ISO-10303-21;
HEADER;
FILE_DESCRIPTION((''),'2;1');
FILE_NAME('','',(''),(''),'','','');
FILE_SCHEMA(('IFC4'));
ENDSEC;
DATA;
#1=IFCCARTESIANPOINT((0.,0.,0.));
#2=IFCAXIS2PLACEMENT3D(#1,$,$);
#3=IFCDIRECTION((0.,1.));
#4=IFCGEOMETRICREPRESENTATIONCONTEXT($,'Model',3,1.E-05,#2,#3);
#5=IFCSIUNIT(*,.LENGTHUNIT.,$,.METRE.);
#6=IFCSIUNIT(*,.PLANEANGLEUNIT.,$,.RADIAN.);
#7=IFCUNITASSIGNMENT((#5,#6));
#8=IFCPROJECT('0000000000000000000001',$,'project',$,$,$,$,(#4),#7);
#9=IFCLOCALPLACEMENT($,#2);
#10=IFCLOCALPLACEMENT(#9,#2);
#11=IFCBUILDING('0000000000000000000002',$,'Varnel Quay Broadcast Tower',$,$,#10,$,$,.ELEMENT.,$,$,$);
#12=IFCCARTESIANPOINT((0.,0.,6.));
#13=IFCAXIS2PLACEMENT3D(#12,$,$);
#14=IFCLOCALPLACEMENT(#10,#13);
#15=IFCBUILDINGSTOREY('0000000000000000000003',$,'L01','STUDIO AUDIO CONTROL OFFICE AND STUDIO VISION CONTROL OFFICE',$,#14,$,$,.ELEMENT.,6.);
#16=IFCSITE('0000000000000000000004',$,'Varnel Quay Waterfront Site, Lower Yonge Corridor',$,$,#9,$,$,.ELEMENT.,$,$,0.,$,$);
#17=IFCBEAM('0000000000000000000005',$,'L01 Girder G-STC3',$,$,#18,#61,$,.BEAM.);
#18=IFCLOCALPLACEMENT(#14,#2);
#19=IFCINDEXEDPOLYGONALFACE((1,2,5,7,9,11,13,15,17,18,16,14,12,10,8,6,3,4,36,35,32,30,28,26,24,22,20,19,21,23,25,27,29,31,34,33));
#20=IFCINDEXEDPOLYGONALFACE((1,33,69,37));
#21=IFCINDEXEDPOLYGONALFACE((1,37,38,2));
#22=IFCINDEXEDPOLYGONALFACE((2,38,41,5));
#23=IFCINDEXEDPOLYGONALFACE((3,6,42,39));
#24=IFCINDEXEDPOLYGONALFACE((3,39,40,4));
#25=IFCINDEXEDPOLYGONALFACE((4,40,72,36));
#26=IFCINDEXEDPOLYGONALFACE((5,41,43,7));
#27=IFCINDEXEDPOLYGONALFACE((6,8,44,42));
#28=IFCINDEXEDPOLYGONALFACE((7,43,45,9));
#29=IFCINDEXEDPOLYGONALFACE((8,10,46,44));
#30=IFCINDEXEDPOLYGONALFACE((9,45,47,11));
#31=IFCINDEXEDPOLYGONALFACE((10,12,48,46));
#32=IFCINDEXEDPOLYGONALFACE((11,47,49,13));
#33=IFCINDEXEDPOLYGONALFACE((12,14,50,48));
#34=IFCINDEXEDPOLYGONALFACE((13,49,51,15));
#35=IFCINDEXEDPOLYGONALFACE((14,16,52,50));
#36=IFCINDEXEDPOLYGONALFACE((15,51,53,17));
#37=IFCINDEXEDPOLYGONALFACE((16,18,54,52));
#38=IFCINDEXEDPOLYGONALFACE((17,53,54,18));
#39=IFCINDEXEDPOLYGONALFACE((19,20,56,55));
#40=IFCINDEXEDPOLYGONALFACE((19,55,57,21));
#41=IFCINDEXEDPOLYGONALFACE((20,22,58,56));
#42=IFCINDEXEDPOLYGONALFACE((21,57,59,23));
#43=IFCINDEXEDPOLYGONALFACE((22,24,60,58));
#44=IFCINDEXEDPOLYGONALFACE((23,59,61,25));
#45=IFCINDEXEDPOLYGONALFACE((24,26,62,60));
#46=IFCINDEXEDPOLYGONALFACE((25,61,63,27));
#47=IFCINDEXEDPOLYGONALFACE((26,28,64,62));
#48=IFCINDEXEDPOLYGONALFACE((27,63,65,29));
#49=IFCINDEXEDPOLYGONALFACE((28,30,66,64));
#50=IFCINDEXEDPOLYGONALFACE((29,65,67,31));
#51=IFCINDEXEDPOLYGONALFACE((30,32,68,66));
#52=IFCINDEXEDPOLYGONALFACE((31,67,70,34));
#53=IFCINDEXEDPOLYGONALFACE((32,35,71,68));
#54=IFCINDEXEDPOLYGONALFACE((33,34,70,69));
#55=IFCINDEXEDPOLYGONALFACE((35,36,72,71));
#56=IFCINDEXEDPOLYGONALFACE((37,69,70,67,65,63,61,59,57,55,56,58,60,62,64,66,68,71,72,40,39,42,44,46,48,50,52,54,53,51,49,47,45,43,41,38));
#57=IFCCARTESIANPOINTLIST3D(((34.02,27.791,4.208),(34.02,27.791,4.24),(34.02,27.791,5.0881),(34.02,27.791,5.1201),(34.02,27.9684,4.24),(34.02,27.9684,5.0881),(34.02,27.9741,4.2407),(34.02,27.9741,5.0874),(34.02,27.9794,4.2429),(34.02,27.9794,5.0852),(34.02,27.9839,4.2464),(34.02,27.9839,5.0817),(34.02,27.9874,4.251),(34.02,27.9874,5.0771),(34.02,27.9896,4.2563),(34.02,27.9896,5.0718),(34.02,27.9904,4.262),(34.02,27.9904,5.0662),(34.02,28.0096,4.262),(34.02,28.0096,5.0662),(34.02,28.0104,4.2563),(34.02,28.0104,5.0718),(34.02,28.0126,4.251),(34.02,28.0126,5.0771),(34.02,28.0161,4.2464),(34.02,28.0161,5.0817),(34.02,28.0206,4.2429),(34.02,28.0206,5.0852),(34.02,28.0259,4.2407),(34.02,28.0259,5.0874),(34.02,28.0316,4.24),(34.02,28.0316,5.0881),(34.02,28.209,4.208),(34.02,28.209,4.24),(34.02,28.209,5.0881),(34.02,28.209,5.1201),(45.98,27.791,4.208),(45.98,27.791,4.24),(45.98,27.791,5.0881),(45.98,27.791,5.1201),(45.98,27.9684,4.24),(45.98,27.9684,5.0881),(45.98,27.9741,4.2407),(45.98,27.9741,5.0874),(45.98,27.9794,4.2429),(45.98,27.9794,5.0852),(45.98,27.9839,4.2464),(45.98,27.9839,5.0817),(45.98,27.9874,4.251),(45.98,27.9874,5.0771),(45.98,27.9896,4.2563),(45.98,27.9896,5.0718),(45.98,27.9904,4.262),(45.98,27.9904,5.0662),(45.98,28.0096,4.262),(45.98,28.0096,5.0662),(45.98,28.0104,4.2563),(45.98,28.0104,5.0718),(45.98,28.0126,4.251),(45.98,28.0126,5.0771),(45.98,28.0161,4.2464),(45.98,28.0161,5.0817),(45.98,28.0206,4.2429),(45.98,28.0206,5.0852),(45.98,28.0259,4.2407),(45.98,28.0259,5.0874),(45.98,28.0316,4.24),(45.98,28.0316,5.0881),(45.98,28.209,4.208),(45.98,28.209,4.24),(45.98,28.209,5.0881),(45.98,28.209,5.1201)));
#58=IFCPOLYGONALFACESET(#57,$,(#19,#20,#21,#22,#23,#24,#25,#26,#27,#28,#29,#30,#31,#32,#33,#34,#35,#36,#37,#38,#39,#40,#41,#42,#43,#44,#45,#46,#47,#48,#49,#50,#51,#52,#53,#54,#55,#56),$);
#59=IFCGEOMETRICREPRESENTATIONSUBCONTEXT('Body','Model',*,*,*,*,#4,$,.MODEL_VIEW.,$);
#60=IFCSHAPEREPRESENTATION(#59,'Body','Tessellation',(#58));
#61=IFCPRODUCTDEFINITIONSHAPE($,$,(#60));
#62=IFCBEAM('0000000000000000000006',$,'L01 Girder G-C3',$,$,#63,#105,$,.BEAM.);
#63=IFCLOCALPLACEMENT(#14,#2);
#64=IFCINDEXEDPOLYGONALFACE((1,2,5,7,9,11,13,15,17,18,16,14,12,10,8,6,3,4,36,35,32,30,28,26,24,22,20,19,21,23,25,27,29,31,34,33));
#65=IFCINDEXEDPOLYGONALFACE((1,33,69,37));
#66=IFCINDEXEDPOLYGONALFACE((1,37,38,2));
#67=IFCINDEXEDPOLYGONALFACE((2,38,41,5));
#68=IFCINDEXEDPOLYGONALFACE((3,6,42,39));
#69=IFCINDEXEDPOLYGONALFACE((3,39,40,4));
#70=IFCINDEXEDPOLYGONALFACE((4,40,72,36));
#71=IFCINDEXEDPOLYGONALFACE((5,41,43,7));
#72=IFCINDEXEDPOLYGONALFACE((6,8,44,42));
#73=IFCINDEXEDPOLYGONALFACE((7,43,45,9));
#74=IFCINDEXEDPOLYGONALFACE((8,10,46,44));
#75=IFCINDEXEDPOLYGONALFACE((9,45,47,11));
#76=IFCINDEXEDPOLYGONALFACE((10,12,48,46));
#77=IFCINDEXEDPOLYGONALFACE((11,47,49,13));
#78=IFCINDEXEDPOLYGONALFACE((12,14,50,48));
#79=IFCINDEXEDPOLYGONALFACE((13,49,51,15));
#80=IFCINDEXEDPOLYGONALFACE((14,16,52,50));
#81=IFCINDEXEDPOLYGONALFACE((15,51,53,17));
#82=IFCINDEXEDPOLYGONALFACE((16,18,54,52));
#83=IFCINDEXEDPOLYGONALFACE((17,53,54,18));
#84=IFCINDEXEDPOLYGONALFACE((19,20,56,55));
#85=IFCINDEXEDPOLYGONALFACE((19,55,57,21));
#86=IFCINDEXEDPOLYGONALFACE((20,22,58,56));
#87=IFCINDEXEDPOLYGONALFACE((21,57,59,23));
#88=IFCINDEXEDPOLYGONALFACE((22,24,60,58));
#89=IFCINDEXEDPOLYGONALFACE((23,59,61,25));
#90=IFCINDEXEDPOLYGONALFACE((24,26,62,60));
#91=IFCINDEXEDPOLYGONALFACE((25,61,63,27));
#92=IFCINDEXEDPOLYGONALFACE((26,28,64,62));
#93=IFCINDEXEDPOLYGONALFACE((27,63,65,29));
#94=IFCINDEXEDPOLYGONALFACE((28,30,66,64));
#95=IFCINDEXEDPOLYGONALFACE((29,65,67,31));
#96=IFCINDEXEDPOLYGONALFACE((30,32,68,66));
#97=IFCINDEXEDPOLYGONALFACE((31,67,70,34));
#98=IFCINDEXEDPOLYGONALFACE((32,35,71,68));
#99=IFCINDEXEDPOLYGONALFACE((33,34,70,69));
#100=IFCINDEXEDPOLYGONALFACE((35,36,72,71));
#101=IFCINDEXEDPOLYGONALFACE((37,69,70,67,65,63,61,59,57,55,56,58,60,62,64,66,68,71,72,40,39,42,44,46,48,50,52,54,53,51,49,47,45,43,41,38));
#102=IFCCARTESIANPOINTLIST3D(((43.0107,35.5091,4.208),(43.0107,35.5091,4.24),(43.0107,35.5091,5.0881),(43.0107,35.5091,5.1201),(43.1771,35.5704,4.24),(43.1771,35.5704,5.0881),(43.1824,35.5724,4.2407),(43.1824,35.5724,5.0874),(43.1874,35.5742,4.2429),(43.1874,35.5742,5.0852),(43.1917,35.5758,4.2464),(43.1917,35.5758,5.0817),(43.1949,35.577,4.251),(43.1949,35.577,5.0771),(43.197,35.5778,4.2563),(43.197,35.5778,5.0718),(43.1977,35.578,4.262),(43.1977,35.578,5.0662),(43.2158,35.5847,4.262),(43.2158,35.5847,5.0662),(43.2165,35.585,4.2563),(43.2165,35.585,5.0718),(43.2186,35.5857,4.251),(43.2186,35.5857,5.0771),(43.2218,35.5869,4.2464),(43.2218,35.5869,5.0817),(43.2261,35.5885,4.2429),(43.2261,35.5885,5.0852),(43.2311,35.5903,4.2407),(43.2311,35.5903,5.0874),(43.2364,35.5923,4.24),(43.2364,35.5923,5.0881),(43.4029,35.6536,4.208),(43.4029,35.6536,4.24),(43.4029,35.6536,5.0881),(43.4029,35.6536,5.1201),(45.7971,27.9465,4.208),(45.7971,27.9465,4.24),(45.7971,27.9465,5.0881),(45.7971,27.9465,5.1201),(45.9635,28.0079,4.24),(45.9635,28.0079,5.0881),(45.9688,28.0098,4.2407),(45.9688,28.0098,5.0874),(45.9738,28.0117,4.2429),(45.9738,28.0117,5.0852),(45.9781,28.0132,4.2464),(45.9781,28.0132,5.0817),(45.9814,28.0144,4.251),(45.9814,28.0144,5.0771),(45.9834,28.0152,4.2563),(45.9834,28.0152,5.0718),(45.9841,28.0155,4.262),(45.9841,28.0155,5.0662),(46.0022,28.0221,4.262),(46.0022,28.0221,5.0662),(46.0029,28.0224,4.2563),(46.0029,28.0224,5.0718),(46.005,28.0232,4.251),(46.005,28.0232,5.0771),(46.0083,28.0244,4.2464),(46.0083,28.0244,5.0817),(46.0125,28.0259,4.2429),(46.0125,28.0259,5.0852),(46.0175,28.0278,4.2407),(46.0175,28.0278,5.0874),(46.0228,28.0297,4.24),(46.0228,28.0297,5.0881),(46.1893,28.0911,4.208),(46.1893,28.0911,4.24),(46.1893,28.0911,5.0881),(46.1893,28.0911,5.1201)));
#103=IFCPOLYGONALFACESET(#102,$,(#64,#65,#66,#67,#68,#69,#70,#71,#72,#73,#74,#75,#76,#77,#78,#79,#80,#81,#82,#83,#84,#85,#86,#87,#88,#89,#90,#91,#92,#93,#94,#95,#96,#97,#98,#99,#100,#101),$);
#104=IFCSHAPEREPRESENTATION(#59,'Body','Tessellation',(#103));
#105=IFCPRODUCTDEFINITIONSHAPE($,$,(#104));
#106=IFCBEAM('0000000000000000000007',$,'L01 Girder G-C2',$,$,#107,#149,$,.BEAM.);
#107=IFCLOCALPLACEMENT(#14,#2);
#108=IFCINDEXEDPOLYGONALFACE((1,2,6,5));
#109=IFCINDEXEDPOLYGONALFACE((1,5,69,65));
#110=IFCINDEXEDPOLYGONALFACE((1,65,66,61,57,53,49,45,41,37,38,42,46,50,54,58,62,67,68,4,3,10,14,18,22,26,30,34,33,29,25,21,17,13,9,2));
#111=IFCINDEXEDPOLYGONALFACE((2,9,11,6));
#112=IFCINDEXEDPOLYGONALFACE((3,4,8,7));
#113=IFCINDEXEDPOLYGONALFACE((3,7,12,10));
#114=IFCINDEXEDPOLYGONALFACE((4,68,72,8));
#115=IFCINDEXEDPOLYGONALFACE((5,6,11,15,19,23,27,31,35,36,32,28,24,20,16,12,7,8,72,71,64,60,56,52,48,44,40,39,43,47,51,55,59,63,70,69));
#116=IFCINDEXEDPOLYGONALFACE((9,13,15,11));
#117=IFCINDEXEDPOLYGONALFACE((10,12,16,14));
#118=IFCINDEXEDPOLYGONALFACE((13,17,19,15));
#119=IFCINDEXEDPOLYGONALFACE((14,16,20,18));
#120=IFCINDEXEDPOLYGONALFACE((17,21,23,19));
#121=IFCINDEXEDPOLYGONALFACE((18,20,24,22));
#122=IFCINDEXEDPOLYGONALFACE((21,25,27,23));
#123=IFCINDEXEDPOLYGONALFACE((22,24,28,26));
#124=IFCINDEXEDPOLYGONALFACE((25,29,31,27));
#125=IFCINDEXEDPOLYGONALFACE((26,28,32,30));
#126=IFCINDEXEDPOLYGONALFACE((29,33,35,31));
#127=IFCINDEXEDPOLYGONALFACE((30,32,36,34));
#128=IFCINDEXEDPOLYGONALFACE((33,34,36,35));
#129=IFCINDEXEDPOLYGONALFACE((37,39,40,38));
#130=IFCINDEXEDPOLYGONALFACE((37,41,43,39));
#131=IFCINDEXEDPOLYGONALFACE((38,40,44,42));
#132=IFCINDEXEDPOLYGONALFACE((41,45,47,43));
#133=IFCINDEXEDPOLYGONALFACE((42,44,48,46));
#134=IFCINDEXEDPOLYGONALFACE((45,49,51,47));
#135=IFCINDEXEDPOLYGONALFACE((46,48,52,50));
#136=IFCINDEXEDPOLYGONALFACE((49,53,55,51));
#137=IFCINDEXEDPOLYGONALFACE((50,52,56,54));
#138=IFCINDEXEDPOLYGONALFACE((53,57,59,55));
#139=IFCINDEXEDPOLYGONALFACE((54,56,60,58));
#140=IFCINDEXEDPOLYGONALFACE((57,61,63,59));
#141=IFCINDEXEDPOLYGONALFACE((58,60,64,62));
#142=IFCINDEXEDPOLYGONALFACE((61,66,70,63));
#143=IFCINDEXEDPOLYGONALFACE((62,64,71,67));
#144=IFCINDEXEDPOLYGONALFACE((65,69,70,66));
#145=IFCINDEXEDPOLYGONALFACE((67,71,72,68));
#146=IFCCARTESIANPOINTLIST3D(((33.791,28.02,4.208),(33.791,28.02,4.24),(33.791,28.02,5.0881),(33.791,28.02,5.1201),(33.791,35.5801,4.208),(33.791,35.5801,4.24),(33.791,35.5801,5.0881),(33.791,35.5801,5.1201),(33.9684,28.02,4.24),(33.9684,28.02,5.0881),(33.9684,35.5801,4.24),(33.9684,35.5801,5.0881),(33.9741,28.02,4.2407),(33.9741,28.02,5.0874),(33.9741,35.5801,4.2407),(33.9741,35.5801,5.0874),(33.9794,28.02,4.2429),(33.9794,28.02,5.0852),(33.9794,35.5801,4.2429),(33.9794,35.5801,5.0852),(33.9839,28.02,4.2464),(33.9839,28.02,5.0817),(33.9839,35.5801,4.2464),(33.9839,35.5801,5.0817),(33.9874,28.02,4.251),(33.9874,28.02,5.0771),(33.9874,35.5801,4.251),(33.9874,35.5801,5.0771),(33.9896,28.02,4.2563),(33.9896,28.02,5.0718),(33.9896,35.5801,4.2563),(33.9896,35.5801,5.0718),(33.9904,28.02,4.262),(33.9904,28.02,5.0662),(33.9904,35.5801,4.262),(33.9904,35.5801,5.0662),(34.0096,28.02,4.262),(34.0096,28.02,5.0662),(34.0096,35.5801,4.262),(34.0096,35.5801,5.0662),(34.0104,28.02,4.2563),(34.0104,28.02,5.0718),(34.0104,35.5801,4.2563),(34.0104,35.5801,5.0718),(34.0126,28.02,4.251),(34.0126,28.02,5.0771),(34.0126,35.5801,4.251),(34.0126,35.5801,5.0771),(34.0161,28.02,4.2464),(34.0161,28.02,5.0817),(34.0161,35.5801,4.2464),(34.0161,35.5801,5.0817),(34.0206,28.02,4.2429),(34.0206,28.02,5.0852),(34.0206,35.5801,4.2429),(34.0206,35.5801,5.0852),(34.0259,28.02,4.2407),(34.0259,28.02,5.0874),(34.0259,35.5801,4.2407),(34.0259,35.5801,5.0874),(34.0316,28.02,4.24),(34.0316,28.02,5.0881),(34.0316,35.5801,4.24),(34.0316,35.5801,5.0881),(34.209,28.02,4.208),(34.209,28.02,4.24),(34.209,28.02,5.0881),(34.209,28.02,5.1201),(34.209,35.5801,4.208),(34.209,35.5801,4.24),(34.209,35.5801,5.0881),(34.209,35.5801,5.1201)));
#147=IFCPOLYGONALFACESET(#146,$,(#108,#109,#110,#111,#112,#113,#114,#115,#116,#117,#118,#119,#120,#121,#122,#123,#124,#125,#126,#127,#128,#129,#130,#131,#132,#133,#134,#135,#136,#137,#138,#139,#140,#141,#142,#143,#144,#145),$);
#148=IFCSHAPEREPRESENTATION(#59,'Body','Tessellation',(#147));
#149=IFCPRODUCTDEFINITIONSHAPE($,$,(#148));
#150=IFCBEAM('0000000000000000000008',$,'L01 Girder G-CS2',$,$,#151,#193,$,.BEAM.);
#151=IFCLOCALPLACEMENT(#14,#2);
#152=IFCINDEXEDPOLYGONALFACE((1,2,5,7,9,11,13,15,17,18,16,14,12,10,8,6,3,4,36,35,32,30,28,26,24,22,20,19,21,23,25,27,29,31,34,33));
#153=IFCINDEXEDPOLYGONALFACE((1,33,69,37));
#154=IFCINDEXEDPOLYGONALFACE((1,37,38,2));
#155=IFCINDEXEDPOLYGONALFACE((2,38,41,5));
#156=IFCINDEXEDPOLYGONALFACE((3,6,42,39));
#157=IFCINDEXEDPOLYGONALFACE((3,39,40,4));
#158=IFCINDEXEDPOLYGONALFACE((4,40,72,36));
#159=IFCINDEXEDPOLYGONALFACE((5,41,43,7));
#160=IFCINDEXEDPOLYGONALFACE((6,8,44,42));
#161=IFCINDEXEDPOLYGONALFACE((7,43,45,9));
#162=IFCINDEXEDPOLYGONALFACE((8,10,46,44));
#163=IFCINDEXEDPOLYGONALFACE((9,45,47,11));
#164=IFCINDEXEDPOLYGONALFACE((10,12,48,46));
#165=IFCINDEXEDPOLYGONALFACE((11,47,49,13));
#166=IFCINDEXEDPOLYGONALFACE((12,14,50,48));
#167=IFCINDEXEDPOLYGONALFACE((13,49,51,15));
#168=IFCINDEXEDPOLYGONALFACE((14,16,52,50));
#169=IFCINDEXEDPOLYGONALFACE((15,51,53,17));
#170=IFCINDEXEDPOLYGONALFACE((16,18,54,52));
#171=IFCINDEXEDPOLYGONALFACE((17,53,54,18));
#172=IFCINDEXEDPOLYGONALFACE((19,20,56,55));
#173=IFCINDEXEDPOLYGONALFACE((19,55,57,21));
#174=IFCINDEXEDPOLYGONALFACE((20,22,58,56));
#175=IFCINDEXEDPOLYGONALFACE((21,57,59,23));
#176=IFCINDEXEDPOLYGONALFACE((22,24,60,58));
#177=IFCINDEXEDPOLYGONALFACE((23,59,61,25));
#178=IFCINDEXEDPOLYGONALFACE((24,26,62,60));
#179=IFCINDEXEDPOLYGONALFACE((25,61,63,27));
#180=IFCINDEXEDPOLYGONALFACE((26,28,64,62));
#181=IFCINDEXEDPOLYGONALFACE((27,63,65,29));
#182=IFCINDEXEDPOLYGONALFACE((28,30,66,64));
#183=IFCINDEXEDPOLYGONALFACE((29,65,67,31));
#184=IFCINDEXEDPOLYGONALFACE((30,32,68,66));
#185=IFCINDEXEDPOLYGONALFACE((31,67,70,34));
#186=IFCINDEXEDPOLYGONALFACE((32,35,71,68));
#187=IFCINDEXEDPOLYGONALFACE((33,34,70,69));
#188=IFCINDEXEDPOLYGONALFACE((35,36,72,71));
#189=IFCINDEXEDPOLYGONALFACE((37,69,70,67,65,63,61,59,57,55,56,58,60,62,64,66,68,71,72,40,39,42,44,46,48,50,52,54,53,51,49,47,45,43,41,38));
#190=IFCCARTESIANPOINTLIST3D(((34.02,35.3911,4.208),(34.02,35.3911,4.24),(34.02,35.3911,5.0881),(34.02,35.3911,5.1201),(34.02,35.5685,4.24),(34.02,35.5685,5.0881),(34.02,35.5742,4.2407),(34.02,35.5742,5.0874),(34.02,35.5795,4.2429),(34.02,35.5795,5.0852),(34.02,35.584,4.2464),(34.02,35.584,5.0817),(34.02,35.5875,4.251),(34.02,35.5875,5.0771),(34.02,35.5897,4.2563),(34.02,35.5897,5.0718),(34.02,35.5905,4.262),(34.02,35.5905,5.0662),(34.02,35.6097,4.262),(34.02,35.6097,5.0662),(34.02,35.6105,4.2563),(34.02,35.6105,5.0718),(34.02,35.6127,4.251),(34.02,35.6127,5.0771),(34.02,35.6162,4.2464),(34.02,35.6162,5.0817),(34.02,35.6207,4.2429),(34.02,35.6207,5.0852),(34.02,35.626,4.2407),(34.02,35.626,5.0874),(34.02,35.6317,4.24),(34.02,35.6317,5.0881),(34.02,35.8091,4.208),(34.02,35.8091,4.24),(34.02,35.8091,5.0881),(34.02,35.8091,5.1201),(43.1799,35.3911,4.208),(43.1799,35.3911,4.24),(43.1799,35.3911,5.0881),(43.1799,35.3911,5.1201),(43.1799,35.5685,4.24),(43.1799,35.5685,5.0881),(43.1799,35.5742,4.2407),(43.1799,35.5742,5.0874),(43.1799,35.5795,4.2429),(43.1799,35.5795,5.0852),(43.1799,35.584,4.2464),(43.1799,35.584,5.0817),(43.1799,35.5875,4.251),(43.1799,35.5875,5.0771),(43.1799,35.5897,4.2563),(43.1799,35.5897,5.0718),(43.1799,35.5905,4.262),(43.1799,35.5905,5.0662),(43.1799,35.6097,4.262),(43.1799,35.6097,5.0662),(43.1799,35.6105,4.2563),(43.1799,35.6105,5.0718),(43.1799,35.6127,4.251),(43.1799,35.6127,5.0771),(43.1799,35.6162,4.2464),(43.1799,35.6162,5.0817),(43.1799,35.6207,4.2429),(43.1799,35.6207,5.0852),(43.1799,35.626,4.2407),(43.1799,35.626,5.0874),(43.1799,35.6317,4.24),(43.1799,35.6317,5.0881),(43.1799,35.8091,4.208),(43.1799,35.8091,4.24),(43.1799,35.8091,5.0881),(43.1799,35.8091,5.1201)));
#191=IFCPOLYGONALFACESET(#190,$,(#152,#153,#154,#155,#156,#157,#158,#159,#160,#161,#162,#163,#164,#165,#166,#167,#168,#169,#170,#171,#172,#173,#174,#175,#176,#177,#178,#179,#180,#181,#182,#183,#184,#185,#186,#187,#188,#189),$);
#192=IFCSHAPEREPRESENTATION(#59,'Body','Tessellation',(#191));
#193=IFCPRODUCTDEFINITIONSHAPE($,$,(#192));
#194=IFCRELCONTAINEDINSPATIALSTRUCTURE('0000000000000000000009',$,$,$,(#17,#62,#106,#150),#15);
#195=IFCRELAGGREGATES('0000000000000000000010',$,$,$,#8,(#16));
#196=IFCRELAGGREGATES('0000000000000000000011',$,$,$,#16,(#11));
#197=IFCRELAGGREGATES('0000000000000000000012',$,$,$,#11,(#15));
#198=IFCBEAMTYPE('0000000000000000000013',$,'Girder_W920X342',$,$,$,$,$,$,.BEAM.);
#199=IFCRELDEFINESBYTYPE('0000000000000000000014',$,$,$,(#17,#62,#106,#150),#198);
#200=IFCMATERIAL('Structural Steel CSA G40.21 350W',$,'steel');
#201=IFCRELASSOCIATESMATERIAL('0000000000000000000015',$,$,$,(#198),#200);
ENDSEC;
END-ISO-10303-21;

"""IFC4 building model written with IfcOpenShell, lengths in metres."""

from ifc_helpers import new_model, si_unit, direction, frame, origin, origin_2d, place, context, subcontext, project, spatial, i_section, extrude, source, transform, mapped, material, material_profile, profile_set, type_object, type_shapes, element, save


model = new_model("IFC4")

# Units and contexts
model_context = context("Model", 3, precision=1e-05, world=origin(), true_north=direction((0.0, 1.0)))
body_context = subcontext(model_context, "Body", "Model", "MODEL_VIEW")
ifc_project = project(units=[si_unit("LENGTHUNIT", "METRE"), si_unit("PLANEANGLEUNIT", "RADIAN")], contexts=[model_context])

# Site, building, storey
site_placement = place(None, origin())
site = spatial("IfcSite", under=ifc_project, at=site_placement, Name="Varnel Quay Waterfront Site, Lower Yonge Corridor", CompositionType="ELEMENT", RefElevation=0.0)
building_placement = place(site_placement, origin())
building = spatial("IfcBuilding", under=site, at=building_placement, Name="Varnel Quay Broadcast Tower", CompositionType="ELEMENT")
storey_placement = place(building_placement, frame((0.0, 0.0, 6.0)))
storey = spatial("IfcBuildingStorey", under=building, at=storey_placement, Name="L01", Description="STUDIO AUDIO CONTROL OFFICE AND STUDIO VISION CONTROL OFFICE", CompositionType="ELEMENT", Elevation=6.0)

# Shared definitions
ifc_material_1 = material(Name="Structural Steel CSA G40.21 350W", Category="steel")

# Beams
ifc_material_profile_1 = material_profile(ifc_material_1, i_section(OverallWidth=0.418, OverallDepth=0.9121, WebThickness=0.0193, FlangeThickness=0.032, FilletRadius=0.022, at=origin_2d()), Name="W920X342")
ifc_profile_set_1 = profile_set([ifc_material_profile_1], Name="Structural Steel CSA G40.21 350W")
beam_type_1 = type_object("IfcBeamType", Name="Girder_W920X342", PredefinedType="BEAM", material=ifc_profile_set_1)
shared_shape_1 = source(origin(), body_context, "Body", "SweptSolid", [
    extrude(i_section(OverallWidth=0.418, OverallDepth=0.9121, WebThickness=0.0193, FlangeThickness=0.032, FilletRadius=0.022, at=origin_2d()), origin(), (0.0, 0.0, 1.0), 11.96),
])
beam_1_placement = place(storey_placement, frame((34.02, 28.0, 4.6641), z_axis=(1.0, 0.0, 0.0), x_axis=(0.0, 1.0, 0.0)))
element("IfcBeam", 1, at=beam_1_placement, inside=storey, type_object=beam_type_1, Name="L01 Girder G-STC3", PredefinedType="BEAM", context=body_context, shape_type="MappedRepresentation", body=[
    mapped(shared_shape_1, transform((0.0, 0.0, 0.0), x_axis=(1.0, 0.0, 0.0), y_axis=(0.0, 1.0, 0.0), z_axis=(0.0, 0.0, 1.0), scale=1.0)),
])
shared_shape_2 = source(origin(), body_context, "Body", "SweptSolid", [
    extrude(i_section(OverallWidth=0.418, OverallDepth=0.9121, WebThickness=0.0193, FlangeThickness=0.032, FilletRadius=0.022, at=origin_2d()), origin(), (0.0, 0.0, 1.0), 8.0596),
])
beam_2_placement = place(storey_placement, frame((45.9932, 28.0188, 4.6641), z_axis=(-0.345726, 0.938335, 0.0), x_axis=(-0.938335, -0.345726, 0.0)))
element("IfcBeam", 2, at=beam_2_placement, inside=storey, type_object=beam_type_1, Name="L01 Girder G-C3", PredefinedType="BEAM", context=body_context, shape_type="MappedRepresentation", body=[
    mapped(shared_shape_2, transform((0.0, 0.0, 0.0), x_axis=(1.0, 0.0, 0.0), y_axis=(0.0, 1.0, 0.0), z_axis=(0.0, 0.0, 1.0), scale=1.0)),
])
shared_shape_3 = source(origin(), body_context, "Body", "SweptSolid", [
    extrude(i_section(OverallWidth=0.418, OverallDepth=0.9121, WebThickness=0.0193, FlangeThickness=0.032, FilletRadius=0.022, at=origin_2d()), origin(), (0.0, 0.0, 1.0), 7.5601),
])
beam_3_placement = place(storey_placement, frame((34.0, 28.02, 4.6641), z_axis=(0.0, 1.0, 0.0), x_axis=(-1.0, 0.0, 0.0)))
element("IfcBeam", 3, at=beam_3_placement, inside=storey, type_object=beam_type_1, Name="L01 Girder G-C2", PredefinedType="BEAM", context=body_context, shape_type="MappedRepresentation", body=[
    mapped(shared_shape_3, transform((0.0, 0.0, 0.0), x_axis=(1.0, 0.0, 0.0), y_axis=(0.0, 1.0, 0.0), z_axis=(0.0, 0.0, 1.0), scale=1.0)),
])
shared_shape_4 = source(origin(), body_context, "Body", "SweptSolid", [
    extrude(i_section(OverallWidth=0.418, OverallDepth=0.9121, WebThickness=0.0193, FlangeThickness=0.032, FilletRadius=0.022, at=origin_2d()), origin(), (0.0, 0.0, 1.0), 9.1599),
])
type_shapes(beam_type_1, [shared_shape_1, shared_shape_2, shared_shape_3, shared_shape_4])
beam_4_placement = place(storey_placement, frame((34.02, 35.6001, 4.6641), z_axis=(1.0, 0.0, 0.0), x_axis=(0.0, 1.0, 0.0)))
element("IfcBeam", 4, at=beam_4_placement, inside=storey, type_object=beam_type_1, Name="L01 Girder G-CS2", PredefinedType="BEAM", context=body_context, shape_type="MappedRepresentation", body=[
    mapped(shared_shape_4, transform((0.0, 0.0, 0.0), x_axis=(1.0, 0.0, 0.0), y_axis=(0.0, 1.0, 0.0), z_axis=(0.0, 0.0, 1.0), scale=1.0)),
])

save(model, "model.ifc")
